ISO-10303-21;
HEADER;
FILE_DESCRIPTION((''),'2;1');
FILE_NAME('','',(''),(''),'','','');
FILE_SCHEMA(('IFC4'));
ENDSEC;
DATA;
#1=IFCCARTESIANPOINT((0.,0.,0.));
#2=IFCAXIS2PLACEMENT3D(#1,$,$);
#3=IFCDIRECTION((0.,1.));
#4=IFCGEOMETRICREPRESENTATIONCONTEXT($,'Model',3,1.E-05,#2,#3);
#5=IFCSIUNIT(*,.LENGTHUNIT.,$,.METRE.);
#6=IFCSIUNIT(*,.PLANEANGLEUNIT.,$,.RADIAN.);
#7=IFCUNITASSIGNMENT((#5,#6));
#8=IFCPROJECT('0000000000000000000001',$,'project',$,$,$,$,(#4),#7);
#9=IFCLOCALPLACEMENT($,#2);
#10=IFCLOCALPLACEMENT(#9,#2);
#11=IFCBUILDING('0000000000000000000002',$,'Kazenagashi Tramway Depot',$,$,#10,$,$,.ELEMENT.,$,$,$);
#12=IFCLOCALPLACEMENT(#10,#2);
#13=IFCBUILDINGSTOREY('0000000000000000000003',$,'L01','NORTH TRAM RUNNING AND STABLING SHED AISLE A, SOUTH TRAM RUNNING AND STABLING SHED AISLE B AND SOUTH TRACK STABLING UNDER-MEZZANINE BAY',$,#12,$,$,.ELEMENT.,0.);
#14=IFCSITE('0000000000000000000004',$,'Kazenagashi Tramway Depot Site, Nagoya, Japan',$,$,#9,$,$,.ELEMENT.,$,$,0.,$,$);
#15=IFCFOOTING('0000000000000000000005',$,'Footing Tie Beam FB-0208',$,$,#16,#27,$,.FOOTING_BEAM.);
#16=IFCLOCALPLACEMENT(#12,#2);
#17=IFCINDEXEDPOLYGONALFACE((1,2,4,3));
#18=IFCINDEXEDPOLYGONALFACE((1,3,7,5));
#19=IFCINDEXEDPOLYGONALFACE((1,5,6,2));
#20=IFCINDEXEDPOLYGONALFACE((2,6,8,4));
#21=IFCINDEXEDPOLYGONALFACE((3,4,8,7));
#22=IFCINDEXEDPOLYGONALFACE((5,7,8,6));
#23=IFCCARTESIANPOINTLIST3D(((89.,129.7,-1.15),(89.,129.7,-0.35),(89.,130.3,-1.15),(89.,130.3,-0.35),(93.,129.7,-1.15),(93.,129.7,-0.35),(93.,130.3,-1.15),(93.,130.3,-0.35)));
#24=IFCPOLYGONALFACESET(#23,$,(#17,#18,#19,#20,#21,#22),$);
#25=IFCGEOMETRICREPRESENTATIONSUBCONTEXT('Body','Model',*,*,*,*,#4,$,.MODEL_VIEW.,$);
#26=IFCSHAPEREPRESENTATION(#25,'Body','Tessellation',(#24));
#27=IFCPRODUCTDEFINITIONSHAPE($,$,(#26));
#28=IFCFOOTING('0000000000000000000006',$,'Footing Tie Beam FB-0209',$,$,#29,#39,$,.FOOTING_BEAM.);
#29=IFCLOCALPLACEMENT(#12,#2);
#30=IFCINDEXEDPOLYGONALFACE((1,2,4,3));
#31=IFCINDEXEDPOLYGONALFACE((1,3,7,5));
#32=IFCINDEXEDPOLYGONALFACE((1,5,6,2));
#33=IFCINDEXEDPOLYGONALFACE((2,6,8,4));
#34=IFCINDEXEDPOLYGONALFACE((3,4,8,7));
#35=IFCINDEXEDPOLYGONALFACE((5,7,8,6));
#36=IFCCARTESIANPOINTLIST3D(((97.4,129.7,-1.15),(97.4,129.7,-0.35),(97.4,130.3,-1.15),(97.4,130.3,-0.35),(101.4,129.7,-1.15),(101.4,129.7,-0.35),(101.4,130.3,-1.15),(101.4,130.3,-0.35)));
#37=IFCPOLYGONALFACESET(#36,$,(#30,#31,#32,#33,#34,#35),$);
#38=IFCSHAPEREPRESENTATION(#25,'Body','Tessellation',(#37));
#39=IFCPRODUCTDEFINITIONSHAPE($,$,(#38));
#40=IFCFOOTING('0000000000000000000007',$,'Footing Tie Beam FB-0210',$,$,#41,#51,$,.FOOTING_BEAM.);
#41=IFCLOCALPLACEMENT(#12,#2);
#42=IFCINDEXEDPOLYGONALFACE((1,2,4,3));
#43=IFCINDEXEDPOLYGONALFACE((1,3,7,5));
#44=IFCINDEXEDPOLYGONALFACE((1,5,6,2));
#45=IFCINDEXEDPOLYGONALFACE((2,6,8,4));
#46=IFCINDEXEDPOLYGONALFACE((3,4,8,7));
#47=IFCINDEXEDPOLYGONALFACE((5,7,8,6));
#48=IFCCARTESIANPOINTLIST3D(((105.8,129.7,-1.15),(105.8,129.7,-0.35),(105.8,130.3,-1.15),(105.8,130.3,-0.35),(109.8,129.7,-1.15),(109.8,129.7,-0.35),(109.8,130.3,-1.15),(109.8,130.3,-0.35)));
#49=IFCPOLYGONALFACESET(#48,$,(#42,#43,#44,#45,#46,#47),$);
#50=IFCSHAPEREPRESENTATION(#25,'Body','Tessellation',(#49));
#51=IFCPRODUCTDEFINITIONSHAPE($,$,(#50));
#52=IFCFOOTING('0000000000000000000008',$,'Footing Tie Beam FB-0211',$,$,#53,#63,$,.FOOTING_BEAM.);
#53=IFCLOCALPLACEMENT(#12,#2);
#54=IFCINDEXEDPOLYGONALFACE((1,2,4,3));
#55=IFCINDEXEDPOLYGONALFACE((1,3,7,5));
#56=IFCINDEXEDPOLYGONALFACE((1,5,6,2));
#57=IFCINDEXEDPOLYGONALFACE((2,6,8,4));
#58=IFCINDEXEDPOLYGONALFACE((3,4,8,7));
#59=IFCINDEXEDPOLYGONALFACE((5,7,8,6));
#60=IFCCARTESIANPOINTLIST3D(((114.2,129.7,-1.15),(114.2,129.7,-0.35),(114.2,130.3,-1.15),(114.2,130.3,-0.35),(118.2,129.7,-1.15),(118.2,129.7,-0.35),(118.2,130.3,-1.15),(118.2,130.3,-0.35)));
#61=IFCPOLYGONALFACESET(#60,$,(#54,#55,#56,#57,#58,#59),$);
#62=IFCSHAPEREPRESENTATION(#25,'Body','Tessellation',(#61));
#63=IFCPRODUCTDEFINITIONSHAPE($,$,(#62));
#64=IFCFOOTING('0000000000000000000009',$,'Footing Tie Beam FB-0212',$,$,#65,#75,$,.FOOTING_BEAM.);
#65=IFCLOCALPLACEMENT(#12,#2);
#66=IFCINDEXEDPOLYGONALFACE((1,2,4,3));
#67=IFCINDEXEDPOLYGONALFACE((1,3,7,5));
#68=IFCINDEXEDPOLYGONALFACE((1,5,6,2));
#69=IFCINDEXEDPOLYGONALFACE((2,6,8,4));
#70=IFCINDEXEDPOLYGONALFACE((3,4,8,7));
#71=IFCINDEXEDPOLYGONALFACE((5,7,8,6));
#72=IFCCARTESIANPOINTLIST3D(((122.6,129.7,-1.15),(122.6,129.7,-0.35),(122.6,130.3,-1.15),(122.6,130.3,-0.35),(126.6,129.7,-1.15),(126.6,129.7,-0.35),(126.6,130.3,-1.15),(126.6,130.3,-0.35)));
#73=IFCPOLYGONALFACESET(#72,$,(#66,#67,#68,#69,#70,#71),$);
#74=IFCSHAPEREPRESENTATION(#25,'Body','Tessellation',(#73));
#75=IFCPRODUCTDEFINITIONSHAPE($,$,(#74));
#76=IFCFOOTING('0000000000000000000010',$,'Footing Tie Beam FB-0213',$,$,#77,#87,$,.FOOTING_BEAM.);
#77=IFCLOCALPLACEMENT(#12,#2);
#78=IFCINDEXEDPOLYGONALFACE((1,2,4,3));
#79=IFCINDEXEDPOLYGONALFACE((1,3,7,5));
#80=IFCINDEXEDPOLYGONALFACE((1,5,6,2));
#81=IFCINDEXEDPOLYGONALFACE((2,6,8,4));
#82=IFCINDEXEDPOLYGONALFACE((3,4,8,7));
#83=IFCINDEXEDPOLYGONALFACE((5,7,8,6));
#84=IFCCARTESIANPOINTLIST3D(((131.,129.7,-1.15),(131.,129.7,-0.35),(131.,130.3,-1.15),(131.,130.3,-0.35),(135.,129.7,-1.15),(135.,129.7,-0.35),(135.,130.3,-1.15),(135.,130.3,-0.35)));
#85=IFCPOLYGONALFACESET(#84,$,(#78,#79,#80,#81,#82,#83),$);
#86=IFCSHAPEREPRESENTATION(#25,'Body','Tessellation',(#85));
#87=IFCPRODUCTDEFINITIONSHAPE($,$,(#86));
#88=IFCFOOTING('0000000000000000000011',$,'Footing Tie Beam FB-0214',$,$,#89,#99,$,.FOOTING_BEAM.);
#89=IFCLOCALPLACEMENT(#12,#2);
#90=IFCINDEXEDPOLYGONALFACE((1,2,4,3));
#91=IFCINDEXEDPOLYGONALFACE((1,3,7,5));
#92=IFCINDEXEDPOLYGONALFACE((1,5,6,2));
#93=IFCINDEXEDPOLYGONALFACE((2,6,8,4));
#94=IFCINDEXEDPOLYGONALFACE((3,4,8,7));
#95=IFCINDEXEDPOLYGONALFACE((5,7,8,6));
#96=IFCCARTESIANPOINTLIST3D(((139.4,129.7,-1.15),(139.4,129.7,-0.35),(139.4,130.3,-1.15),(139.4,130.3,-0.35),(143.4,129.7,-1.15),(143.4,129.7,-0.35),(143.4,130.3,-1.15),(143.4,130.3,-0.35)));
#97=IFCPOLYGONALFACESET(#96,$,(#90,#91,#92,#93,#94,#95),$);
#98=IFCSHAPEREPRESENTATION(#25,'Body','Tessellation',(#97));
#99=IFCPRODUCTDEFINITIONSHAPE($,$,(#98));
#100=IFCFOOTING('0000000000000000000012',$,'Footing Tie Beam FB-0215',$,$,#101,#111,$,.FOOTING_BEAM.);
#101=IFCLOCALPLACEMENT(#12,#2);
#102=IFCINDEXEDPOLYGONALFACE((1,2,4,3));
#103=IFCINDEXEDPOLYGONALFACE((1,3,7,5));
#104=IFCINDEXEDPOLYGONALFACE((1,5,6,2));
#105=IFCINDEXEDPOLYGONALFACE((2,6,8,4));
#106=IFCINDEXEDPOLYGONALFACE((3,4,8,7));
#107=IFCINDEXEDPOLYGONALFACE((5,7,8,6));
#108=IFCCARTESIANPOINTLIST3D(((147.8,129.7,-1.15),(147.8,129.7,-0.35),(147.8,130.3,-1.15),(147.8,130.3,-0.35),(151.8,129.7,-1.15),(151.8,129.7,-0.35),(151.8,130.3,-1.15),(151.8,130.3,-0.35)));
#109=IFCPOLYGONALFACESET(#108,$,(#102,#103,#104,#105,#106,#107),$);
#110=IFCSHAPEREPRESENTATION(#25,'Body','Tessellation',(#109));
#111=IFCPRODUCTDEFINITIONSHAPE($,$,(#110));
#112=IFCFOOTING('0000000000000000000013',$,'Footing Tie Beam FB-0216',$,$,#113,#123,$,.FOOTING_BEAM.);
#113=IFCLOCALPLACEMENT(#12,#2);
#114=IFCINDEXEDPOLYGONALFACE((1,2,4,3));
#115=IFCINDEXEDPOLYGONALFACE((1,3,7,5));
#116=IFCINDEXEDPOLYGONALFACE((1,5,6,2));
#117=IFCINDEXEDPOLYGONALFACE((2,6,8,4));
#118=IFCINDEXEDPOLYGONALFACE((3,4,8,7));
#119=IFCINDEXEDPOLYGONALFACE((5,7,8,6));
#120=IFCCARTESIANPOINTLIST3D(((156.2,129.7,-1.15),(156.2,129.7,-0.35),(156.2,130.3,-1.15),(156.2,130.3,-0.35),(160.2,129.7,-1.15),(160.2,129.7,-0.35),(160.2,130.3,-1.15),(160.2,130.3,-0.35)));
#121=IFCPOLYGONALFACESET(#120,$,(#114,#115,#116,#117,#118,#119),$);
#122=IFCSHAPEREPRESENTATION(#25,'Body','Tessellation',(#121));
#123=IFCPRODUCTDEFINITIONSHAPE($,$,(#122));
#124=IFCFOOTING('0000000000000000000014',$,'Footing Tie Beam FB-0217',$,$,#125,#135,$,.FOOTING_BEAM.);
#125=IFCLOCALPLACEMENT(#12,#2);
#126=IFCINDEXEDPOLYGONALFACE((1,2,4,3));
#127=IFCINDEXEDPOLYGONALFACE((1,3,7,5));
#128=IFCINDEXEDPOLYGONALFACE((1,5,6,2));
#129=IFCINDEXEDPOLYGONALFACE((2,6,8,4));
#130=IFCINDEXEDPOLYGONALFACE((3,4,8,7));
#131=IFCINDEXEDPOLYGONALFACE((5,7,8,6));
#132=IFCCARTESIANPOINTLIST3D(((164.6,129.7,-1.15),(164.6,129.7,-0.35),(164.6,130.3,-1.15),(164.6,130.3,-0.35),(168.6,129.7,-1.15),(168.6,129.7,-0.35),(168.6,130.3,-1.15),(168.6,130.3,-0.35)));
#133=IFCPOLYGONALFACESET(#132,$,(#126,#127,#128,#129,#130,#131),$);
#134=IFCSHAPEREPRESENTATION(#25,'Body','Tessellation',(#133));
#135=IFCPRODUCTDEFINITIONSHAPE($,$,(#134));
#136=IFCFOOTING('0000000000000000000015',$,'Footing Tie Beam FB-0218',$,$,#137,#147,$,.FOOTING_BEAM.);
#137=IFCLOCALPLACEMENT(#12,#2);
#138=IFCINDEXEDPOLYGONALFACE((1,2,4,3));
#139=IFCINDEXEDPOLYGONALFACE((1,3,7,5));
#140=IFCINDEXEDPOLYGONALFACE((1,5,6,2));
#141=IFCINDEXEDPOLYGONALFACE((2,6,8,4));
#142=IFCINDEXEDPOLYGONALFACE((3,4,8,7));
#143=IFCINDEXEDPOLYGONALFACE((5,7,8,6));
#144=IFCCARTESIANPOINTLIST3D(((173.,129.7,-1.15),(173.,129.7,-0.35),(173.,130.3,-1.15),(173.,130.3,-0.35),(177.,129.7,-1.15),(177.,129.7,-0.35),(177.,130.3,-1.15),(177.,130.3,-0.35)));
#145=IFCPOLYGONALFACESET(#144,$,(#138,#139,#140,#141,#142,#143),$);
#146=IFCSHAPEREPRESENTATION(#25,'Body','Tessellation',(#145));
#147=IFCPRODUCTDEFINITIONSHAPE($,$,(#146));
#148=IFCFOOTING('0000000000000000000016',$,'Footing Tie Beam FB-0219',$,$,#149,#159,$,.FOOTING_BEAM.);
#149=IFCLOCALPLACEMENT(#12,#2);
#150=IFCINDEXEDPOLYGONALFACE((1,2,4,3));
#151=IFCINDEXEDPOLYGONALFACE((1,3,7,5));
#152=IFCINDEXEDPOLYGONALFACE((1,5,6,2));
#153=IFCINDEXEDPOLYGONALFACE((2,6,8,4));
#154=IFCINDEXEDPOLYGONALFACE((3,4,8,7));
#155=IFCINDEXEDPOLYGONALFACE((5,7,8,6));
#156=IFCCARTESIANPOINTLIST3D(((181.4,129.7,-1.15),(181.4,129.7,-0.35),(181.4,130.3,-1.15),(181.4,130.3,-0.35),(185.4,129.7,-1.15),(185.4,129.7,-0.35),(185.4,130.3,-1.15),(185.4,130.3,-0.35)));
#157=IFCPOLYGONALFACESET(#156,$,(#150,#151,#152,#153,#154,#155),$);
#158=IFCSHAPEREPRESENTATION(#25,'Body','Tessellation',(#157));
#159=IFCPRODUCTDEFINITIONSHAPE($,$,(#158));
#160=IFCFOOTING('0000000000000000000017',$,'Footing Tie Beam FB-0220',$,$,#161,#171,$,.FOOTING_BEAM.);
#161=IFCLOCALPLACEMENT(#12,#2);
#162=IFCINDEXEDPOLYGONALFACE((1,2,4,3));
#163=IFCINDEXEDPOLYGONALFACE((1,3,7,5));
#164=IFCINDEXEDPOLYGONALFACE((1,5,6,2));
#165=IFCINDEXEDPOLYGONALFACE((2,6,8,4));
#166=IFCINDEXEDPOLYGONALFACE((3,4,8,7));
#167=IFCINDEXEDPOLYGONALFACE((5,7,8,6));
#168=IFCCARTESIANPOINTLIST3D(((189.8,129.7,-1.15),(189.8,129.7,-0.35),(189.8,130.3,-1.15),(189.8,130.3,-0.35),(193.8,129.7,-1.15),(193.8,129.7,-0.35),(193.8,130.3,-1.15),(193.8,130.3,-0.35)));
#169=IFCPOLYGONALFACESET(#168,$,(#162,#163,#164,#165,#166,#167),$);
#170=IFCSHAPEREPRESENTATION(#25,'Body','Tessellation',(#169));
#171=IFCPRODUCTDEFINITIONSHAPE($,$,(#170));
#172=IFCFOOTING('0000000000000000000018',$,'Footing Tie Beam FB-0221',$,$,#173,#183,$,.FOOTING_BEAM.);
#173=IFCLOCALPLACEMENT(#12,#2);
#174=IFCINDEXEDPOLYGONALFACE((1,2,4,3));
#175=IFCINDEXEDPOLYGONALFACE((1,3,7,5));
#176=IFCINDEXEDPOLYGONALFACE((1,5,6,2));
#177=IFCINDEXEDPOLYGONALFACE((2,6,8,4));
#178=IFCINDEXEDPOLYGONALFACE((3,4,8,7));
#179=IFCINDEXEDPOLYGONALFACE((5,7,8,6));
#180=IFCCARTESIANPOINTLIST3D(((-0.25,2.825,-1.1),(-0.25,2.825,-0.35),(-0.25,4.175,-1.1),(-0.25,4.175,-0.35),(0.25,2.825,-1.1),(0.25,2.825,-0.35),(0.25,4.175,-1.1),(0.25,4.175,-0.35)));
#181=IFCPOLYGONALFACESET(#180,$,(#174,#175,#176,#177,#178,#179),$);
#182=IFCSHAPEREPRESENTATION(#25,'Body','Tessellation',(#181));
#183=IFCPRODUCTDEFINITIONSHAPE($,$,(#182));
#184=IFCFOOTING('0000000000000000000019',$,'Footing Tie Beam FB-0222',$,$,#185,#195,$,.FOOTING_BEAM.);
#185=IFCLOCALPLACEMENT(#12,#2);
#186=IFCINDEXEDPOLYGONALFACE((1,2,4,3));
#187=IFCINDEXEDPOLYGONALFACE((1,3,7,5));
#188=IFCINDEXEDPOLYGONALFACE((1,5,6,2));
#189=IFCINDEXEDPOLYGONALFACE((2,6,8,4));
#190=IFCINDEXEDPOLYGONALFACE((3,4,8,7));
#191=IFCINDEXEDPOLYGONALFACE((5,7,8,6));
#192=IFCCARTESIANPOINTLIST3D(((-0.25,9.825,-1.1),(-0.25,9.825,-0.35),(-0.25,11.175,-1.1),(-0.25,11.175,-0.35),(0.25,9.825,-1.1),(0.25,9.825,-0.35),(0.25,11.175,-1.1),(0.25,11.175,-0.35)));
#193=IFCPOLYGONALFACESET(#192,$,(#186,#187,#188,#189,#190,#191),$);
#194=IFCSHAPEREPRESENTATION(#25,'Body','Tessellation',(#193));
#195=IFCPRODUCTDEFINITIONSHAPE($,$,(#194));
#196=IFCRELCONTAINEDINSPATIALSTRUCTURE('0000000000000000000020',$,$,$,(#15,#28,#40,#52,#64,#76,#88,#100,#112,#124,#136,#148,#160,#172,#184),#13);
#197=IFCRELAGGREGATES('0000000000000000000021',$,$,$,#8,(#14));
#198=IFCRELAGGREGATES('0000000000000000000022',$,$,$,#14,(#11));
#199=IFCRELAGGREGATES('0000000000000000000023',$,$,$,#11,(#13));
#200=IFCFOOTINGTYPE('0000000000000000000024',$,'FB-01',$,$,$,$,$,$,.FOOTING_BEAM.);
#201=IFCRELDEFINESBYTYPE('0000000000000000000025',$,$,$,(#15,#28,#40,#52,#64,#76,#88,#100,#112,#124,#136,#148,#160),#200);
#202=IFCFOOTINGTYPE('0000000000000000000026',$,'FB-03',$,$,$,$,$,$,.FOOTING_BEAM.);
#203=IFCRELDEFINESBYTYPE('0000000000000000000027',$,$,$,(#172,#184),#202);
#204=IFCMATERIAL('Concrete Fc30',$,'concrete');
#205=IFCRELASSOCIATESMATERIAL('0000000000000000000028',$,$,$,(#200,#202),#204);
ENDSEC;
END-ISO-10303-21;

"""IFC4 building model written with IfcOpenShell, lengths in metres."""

from ifc_helpers import new_model, si_unit, direction, frame, origin, place, context, subcontext, project, spatial, polyline, outline, extrude, material, type_object, element, save


model = new_model("IFC4")

# Units and contexts
model_context = context("Model", 3, precision=1e-05, world=origin(), true_north=direction((0.0, 1.0)))
body_context = subcontext(model_context, "Body", "Model", "MODEL_VIEW")
ifc_project = project(units=[si_unit("LENGTHUNIT", "METRE"), si_unit("PLANEANGLEUNIT", "RADIAN")], contexts=[model_context])

# Site, building, storey
site_placement = place(None, origin())
site = spatial("IfcSite", under=ifc_project, at=site_placement, Name="Kazenagashi Tramway Depot Site, Nagoya, Japan", CompositionType="ELEMENT", RefElevation=0.0)
building_placement = place(site_placement, origin())
building = spatial("IfcBuilding", under=site, at=building_placement, Name="Kazenagashi Tramway Depot", CompositionType="ELEMENT")
storey_placement = place(building_placement, origin())
storey = spatial("IfcBuildingStorey", under=building, at=storey_placement, Name="L01", Description="NORTH TRAM RUNNING AND STABLING SHED AISLE A, SOUTH TRAM RUNNING AND STABLING SHED AISLE B AND SOUTH TRACK STABLING UNDER-MEZZANINE BAY", CompositionType="ELEMENT", Elevation=0.0)

# Footings
ifc_material = material(Name="Concrete Fc30", Category="concrete")
footing_type_1 = type_object("IfcFootingType", Name="FB-01", PredefinedType="FOOTING_BEAM", material=ifc_material)
footing_1_placement = place(storey_placement, frame((0.0, 0.0, -1.15)))
element("IfcFooting", 1, at=footing_1_placement, inside=storey, type_object=footing_type_1, Name="Footing Tie Beam FB-0208", PredefinedType="FOOTING_BEAM", context=body_context, shape_type="SweptSolid", body=[
    extrude(outline(polyline([(89.0, 129.7), (93.0, 129.7), (93.0, 130.3), (89.0, 130.3), (89.0, 129.7)])), origin(), (0.0, 0.0, 1.0), 0.8),
])
footing_2_placement = place(storey_placement, frame((0.0, 0.0, -1.15)))
element("IfcFooting", 2, at=footing_2_placement, inside=storey, type_object=footing_type_1, Name="Footing Tie Beam FB-0209", PredefinedType="FOOTING_BEAM", context=body_context, shape_type="SweptSolid", body=[
    extrude(outline(polyline([(97.4, 129.7), (101.4, 129.7), (101.4, 130.3), (97.4, 130.3), (97.4, 129.7)])), origin(), (0.0, 0.0, 1.0), 0.8),
])
footing_3_placement = place(storey_placement, frame((0.0, 0.0, -1.15)))
element("IfcFooting", 3, at=footing_3_placement, inside=storey, type_object=footing_type_1, Name="Footing Tie Beam FB-0210", PredefinedType="FOOTING_BEAM", context=body_context, shape_type="SweptSolid", body=[
    extrude(outline(polyline([(105.8, 129.7), (109.8, 129.7), (109.8, 130.3), (105.8, 130.3), (105.8, 129.7)])), origin(), (0.0, 0.0, 1.0), 0.8),
])
footing_4_placement = place(storey_placement, frame((0.0, 0.0, -1.15)))
element("IfcFooting", 4, at=footing_4_placement, inside=storey, type_object=footing_type_1, Name="Footing Tie Beam FB-0211", PredefinedType="FOOTING_BEAM", context=body_context, shape_type="SweptSolid", body=[
    extrude(outline(polyline([(114.2, 129.7), (118.2, 129.7), (118.2, 130.3), (114.2, 130.3), (114.2, 129.7)])), origin(), (0.0, 0.0, 1.0), 0.8),
])
footing_5_placement = place(storey_placement, frame((0.0, 0.0, -1.15)))
element("IfcFooting", 5, at=footing_5_placement, inside=storey, type_object=footing_type_1, Name="Footing Tie Beam FB-0212", PredefinedType="FOOTING_BEAM", context=body_context, shape_type="SweptSolid", body=[
    extrude(outline(polyline([(122.6, 129.7), (126.6, 129.7), (126.6, 130.3), (122.6, 130.3), (122.6, 129.7)])), origin(), (0.0, 0.0, 1.0), 0.8),
])
footing_6_placement = place(storey_placement, frame((0.0, 0.0, -1.15)))
element("IfcFooting", 6, at=footing_6_placement, inside=storey, type_object=footing_type_1, Name="Footing Tie Beam FB-0213", PredefinedType="FOOTING_BEAM", context=body_context, shape_type="SweptSolid", body=[
    extrude(outline(polyline([(131.0, 129.7), (135.0, 129.7), (135.0, 130.3), (131.0, 130.3), (131.0, 129.7)])), origin(), (0.0, 0.0, 1.0), 0.8),
])
footing_7_placement = place(storey_placement, frame((0.0, 0.0, -1.15)))
element("IfcFooting", 7, at=footing_7_placement, inside=storey, type_object=footing_type_1, Name="Footing Tie Beam FB-0214", PredefinedType="FOOTING_BEAM", context=body_context, shape_type="SweptSolid", body=[
    extrude(outline(polyline([(139.4, 129.7), (143.4, 129.7), (143.4, 130.3), (139.4, 130.3), (139.4, 129.7)])), origin(), (0.0, 0.0, 1.0), 0.8),
])
footing_8_placement = place(storey_placement, frame((0.0, 0.0, -1.15)))
element("IfcFooting", 8, at=footing_8_placement, inside=storey, type_object=footing_type_1, Name="Footing Tie Beam FB-0215", PredefinedType="FOOTING_BEAM", context=body_context, shape_type="SweptSolid", body=[
    extrude(outline(polyline([(147.8, 129.7), (151.8, 129.7), (151.8, 130.3), (147.8, 130.3), (147.8, 129.7)])), origin(), (0.0, 0.0, 1.0), 0.8),
])
footing_9_placement = place(storey_placement, frame((0.0, 0.0, -1.15)))
element("IfcFooting", 9, at=footing_9_placement, inside=storey, type_object=footing_type_1, Name="Footing Tie Beam FB-0216", PredefinedType="FOOTING_BEAM", context=body_context, shape_type="SweptSolid", body=[
    extrude(outline(polyline([(156.2, 129.7), (160.2, 129.7), (160.2, 130.3), (156.2, 130.3), (156.2, 129.7)])), origin(), (0.0, 0.0, 1.0), 0.8),
])
footing_10_placement = place(storey_placement, frame((0.0, 0.0, -1.15)))
element("IfcFooting", 10, at=footing_10_placement, inside=storey, type_object=footing_type_1, Name="Footing Tie Beam FB-0217", PredefinedType="FOOTING_BEAM", context=body_context, shape_type="SweptSolid", body=[
    extrude(outline(polyline([(164.6, 129.7), (168.6, 129.7), (168.6, 130.3), (164.6, 130.3), (164.6, 129.7)])), origin(), (0.0, 0.0, 1.0), 0.8),
])
footing_11_placement = place(storey_placement, frame((0.0, 0.0, -1.15)))
element("IfcFooting", 11, at=footing_11_placement, inside=storey, type_object=footing_type_1, Name="Footing Tie Beam FB-0218", PredefinedType="FOOTING_BEAM", context=body_context, shape_type="SweptSolid", body=[
    extrude(outline(polyline([(173.0, 129.7), (177.0, 129.7), (177.0, 130.3), (173.0, 130.3), (173.0, 129.7)])), origin(), (0.0, 0.0, 1.0), 0.8),
])
footing_12_placement = place(storey_placement, frame((0.0, 0.0, -1.15)))
element("IfcFooting", 12, at=footing_12_placement, inside=storey, type_object=footing_type_1, Name="Footing Tie Beam FB-0219", PredefinedType="FOOTING_BEAM", context=body_context, shape_type="SweptSolid", body=[
    extrude(outline(polyline([(181.4, 129.7), (185.4, 129.7), (185.4, 130.3), (181.4, 130.3), (181.4, 129.7)])), origin(), (0.0, 0.0, 1.0), 0.8),
])
footing_13_placement = place(storey_placement, frame((0.0, 0.0, -1.15)))
element("IfcFooting", 13, at=footing_13_placement, inside=storey, type_object=footing_type_1, Name="Footing Tie Beam FB-0220", PredefinedType="FOOTING_BEAM", context=body_context, shape_type="SweptSolid", body=[
    extrude(outline(polyline([(189.8, 129.7), (193.8, 129.7), (193.8, 130.3), (189.8, 130.3), (189.8, 129.7)])), origin(), (0.0, 0.0, 1.0), 0.8),
])
footing_type_2 = type_object("IfcFootingType", Name="FB-03", PredefinedType="FOOTING_BEAM", material=ifc_material)
footing_14_placement = place(storey_placement, frame((0.0, 0.0, -1.1)))
element("IfcFooting", 14, at=footing_14_placement, inside=storey, type_object=footing_type_2, Name="Footing Tie Beam FB-0221", PredefinedType="FOOTING_BEAM", context=body_context, shape_type="SweptSolid", body=[
    extrude(outline(polyline([(-0.25, 2.825), (0.25, 2.825), (0.25, 4.175), (-0.25, 4.175), (-0.25, 2.825)])), origin(), (0.0, 0.0, 1.0), 0.75),
])
footing_15_placement = place(storey_placement, frame((0.0, 0.0, -1.1)))
element("IfcFooting", 15, at=footing_15_placement, inside=storey, type_object=footing_type_2, Name="Footing Tie Beam FB-0222", PredefinedType="FOOTING_BEAM", context=body_context, shape_type="SweptSolid", body=[
    extrude(outline(polyline([(-0.25, 9.825), (0.25, 9.825), (0.25, 11.175), (-0.25, 11.175), (-0.25, 9.825)])), origin(), (0.0, 0.0, 1.0), 0.75),
])

save(model, "model.ifc")
